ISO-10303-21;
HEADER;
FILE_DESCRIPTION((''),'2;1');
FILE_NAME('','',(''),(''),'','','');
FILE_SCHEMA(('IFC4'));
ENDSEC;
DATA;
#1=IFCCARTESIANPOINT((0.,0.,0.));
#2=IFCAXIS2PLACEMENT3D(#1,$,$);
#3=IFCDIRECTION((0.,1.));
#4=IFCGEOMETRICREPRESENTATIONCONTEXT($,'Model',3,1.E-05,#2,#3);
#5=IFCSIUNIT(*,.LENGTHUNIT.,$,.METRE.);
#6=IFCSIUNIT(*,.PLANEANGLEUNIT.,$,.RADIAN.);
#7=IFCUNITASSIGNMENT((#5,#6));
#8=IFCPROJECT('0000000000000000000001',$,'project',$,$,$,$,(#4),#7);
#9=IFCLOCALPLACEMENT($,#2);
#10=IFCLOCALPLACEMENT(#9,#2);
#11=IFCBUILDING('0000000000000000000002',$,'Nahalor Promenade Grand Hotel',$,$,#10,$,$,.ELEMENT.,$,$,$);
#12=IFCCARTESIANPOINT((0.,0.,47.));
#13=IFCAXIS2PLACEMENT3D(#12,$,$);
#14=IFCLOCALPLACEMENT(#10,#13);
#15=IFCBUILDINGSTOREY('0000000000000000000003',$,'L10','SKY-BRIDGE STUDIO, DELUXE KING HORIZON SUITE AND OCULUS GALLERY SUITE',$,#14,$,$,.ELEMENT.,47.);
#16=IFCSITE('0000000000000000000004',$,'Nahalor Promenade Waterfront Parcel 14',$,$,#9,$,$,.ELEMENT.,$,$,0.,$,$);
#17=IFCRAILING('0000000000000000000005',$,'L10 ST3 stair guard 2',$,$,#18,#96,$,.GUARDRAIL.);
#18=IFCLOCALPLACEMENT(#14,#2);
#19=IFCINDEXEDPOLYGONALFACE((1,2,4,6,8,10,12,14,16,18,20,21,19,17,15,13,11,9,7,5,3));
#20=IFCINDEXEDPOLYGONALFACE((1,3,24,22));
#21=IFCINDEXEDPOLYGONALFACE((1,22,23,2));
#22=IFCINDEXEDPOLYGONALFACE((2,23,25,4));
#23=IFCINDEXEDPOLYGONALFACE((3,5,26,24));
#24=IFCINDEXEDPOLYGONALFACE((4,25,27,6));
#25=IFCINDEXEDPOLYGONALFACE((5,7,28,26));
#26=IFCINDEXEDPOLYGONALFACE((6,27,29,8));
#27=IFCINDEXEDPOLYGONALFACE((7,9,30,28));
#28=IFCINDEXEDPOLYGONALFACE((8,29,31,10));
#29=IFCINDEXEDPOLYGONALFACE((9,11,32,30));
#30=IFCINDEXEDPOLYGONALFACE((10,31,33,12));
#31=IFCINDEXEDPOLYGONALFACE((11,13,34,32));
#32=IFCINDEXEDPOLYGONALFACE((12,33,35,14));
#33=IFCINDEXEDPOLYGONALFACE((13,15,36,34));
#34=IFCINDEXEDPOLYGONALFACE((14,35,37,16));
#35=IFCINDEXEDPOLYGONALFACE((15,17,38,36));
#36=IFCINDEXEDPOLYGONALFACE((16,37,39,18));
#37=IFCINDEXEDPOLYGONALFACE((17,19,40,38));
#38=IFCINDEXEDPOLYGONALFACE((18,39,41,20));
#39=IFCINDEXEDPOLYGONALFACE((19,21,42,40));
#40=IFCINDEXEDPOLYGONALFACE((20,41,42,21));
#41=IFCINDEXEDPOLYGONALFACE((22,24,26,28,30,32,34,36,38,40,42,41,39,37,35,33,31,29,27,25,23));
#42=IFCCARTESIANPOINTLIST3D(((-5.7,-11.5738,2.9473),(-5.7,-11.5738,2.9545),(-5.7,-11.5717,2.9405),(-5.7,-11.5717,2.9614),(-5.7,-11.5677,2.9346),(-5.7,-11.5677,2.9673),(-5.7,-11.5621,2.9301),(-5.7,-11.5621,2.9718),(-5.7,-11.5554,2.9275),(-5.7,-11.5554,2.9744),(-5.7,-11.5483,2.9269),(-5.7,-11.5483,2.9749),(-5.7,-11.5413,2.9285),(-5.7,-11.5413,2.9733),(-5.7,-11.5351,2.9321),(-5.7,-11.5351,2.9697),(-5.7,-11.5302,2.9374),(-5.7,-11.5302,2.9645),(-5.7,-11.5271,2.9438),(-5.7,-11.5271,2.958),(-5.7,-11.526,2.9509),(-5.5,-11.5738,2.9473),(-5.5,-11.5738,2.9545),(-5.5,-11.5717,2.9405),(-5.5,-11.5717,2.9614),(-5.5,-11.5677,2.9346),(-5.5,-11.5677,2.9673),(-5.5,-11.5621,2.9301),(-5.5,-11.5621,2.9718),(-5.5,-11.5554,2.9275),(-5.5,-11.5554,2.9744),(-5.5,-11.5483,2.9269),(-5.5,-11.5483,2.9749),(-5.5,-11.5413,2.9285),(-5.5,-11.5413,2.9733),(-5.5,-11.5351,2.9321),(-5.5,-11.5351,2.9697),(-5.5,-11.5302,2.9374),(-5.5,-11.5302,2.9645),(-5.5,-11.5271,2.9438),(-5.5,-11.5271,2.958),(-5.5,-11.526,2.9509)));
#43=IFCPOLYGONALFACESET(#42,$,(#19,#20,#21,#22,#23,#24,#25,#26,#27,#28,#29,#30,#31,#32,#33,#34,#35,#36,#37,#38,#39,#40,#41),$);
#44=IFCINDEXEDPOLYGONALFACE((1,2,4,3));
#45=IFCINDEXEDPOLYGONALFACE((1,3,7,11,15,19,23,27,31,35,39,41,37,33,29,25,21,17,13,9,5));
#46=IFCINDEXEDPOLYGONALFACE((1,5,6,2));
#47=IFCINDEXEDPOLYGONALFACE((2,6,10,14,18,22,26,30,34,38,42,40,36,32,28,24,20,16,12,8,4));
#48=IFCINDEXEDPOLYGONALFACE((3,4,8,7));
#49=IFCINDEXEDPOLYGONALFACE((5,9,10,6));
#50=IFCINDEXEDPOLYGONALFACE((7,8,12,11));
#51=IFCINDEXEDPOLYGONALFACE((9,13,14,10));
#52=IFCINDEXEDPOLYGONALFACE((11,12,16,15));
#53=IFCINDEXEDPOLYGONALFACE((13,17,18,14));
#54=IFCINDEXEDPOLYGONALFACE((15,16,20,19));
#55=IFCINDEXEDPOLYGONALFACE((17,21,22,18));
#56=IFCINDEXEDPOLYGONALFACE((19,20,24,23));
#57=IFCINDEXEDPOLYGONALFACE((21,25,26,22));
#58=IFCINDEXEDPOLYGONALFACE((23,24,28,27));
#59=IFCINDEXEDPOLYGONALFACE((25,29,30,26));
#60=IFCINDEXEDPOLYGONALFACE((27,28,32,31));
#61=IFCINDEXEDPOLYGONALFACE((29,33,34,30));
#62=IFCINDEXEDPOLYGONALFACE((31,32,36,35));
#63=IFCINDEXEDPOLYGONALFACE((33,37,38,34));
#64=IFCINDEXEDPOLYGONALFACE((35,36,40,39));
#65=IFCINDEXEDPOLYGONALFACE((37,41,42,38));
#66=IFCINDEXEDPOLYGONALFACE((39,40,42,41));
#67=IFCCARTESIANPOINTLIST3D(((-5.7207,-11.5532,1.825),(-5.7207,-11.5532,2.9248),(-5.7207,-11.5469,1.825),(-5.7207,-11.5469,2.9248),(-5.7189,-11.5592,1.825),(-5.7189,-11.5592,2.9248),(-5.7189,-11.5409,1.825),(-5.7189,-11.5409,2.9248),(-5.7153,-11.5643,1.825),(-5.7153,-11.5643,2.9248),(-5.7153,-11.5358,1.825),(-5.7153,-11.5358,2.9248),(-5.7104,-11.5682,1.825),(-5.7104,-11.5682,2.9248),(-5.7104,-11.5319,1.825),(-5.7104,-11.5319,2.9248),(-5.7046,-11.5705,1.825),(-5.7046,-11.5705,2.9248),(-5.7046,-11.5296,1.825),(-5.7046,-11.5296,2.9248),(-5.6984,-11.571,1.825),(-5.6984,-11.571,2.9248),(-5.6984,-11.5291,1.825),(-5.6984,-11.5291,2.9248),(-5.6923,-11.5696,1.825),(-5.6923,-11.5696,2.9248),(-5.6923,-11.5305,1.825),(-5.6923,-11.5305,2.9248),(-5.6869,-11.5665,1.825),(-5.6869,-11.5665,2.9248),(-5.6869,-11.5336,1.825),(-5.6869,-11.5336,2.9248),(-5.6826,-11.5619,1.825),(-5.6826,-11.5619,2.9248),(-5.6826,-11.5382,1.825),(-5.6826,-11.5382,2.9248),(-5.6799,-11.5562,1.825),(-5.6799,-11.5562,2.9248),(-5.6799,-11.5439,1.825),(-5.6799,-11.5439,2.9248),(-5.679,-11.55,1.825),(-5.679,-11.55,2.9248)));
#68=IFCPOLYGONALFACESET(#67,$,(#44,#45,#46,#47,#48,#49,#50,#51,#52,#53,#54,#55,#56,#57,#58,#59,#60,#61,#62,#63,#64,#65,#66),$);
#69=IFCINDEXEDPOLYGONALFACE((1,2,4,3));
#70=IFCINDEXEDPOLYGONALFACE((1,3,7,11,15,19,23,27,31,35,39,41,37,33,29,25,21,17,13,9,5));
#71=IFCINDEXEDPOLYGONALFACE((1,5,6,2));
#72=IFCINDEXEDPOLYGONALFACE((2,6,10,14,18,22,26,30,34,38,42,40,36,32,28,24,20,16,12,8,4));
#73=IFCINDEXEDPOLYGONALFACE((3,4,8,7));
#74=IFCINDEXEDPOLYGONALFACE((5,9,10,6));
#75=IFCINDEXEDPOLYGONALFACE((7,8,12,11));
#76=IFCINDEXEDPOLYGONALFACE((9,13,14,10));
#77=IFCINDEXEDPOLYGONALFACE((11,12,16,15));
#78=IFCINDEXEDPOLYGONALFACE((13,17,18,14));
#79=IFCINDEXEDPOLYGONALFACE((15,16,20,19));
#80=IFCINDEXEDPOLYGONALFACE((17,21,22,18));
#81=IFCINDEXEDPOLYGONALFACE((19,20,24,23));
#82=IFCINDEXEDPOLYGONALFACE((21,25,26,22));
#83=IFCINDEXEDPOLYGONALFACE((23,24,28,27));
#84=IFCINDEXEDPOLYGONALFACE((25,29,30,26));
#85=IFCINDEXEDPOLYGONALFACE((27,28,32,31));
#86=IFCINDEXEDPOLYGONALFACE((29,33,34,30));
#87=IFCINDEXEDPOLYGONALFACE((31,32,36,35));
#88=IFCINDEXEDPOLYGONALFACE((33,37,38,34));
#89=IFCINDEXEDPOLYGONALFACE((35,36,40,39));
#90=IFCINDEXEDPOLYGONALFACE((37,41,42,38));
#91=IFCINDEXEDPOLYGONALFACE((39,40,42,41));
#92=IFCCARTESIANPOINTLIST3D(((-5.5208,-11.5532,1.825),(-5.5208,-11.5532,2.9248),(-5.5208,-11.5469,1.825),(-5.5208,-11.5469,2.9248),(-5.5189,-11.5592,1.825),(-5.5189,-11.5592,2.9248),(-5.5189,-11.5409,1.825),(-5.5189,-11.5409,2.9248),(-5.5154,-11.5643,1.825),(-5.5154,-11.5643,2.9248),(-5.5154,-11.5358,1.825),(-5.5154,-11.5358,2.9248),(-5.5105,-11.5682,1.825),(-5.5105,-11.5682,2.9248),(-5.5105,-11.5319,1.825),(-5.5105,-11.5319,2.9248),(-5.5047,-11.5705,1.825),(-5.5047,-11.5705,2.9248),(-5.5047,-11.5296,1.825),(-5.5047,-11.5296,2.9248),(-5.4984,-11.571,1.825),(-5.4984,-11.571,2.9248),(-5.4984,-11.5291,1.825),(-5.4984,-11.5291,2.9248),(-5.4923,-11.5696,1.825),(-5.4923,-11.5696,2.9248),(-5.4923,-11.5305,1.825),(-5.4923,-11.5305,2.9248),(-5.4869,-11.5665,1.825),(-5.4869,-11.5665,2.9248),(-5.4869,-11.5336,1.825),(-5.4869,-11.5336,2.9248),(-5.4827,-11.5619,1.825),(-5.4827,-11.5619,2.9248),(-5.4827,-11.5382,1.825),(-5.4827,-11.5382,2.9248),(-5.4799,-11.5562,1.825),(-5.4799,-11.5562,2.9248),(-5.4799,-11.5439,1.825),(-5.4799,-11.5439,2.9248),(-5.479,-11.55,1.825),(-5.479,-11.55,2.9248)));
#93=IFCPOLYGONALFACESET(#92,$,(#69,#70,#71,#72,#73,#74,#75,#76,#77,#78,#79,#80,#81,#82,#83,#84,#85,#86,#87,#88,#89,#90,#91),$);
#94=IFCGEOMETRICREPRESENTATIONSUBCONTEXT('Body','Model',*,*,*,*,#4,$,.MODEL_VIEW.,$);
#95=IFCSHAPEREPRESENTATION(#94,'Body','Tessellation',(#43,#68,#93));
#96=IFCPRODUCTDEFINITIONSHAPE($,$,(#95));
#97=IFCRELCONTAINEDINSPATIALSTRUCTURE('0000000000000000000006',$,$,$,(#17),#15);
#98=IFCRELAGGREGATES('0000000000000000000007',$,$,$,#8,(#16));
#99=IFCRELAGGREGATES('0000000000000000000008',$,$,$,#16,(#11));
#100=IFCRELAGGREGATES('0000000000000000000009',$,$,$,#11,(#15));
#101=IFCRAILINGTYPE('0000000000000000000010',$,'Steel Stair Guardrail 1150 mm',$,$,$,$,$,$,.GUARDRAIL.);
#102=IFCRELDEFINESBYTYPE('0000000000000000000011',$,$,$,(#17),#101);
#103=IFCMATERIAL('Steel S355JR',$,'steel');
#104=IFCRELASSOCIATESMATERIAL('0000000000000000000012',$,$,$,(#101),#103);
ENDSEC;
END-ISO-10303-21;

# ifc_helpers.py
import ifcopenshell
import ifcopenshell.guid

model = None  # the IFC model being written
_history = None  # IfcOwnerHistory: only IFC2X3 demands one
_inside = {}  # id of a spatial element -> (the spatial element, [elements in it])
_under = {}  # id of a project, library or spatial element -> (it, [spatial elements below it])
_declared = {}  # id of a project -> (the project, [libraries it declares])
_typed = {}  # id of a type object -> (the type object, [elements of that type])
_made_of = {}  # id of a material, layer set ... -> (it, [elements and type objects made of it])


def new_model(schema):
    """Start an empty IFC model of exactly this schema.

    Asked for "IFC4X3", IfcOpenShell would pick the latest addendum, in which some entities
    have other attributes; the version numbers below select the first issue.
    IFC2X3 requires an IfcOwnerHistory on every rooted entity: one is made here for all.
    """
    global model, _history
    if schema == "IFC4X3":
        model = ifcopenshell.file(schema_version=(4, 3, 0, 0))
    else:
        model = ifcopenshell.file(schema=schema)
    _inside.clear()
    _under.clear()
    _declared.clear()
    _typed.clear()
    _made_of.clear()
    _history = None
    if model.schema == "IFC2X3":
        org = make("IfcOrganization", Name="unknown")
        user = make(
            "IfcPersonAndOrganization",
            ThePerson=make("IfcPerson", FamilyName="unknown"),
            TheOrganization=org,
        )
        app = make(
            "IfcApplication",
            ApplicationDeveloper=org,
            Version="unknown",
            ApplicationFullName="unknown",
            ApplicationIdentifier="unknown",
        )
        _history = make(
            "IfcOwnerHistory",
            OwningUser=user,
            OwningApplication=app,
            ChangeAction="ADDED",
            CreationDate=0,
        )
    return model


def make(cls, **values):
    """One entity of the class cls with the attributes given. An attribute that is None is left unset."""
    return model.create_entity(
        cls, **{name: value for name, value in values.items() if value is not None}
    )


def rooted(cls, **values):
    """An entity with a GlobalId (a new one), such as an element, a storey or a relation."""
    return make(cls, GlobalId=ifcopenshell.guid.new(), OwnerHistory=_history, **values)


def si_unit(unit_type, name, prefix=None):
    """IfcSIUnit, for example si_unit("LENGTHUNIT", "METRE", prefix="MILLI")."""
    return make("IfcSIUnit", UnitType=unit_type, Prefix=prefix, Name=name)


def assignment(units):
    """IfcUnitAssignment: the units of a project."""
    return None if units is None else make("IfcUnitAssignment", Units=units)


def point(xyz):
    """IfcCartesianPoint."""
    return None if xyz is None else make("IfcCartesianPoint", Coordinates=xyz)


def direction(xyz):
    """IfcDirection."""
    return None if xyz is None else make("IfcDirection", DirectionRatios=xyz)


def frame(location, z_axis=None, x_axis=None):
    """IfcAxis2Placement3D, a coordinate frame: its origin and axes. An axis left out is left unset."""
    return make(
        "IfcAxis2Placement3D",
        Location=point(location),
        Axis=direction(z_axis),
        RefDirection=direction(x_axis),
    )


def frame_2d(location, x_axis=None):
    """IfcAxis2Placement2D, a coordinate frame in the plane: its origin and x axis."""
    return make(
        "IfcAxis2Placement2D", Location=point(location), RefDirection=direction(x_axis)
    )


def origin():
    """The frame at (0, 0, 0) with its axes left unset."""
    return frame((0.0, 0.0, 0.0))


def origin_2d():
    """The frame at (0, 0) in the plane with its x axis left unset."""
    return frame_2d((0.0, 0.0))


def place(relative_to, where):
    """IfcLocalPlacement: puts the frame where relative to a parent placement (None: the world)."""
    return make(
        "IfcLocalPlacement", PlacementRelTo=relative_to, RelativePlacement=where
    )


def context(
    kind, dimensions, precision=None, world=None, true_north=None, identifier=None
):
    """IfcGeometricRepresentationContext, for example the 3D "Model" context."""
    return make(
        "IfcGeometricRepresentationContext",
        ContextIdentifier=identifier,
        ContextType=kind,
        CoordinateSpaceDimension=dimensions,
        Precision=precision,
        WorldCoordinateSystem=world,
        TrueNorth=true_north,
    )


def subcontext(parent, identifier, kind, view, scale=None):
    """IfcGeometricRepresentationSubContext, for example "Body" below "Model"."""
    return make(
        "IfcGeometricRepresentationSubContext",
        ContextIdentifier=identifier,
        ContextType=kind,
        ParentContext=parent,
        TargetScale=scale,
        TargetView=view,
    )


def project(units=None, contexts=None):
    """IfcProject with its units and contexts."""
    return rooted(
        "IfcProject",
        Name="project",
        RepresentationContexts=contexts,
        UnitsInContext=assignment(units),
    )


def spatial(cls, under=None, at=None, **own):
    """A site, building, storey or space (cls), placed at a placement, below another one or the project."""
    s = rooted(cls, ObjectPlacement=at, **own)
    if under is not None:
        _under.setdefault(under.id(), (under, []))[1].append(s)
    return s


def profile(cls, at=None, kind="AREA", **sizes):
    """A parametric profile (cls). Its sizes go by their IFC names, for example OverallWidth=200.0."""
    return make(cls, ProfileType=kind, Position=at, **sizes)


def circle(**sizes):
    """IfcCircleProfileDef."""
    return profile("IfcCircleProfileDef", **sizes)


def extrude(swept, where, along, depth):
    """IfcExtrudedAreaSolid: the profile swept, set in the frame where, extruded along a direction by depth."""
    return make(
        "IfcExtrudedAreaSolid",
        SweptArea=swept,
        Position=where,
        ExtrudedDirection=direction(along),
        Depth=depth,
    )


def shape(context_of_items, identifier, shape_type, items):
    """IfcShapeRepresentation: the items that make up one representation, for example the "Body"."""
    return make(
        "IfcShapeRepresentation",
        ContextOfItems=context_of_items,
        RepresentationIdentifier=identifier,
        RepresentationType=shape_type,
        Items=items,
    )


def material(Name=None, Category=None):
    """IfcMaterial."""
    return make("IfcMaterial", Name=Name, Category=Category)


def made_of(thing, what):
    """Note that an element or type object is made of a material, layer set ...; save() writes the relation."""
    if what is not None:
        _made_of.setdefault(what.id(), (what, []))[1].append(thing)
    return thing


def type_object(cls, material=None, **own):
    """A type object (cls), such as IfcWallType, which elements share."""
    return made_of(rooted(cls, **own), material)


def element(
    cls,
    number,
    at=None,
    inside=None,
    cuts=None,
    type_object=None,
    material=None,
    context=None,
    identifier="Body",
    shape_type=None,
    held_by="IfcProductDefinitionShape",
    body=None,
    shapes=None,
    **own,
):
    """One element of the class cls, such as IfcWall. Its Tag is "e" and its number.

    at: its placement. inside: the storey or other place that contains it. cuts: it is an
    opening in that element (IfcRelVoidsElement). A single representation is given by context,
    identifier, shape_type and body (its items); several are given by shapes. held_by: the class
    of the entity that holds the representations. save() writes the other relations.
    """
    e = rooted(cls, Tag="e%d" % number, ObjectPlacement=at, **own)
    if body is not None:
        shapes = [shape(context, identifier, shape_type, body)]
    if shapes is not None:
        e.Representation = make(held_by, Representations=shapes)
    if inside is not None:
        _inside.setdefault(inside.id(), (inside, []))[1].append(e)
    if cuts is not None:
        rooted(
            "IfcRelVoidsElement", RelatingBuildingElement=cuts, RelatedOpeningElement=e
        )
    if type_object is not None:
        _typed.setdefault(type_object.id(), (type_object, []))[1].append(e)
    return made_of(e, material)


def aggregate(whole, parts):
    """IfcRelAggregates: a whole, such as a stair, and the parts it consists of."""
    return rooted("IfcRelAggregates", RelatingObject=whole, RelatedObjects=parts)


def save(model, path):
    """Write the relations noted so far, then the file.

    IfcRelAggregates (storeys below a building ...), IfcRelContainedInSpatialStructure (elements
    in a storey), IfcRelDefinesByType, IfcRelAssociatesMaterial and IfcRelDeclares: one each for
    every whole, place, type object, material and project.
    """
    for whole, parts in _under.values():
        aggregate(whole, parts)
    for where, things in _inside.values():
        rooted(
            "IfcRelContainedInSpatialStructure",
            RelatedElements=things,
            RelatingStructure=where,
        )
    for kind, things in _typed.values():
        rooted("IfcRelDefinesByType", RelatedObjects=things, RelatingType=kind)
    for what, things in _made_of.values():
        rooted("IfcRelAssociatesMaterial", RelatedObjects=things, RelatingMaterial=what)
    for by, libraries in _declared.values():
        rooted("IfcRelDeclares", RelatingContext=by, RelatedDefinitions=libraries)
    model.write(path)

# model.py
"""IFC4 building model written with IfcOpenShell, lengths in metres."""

from ifc_helpers import new_model, si_unit, direction, frame, origin, origin_2d, place, context, subcontext, project, spatial, circle, extrude, material, type_object, element, save


model = new_model("IFC4")

# Units and contexts
model_context = context("Model", 3, precision=1e-05, world=origin(), true_north=direction((0.0, 1.0)))
body_context = subcontext(model_context, "Body", "Model", "MODEL_VIEW")
ifc_project = project(units=[si_unit("LENGTHUNIT", "METRE"), si_unit("PLANEANGLEUNIT", "RADIAN")], contexts=[model_context])

# Site, building, storey
site_placement = place(None, origin())
site = spatial("IfcSite", under=ifc_project, at=site_placement, Name="Nahalor Promenade Waterfront Parcel 14", CompositionType="ELEMENT", RefElevation=0.0)
building_placement = place(site_placement, origin())
building = spatial("IfcBuilding", under=site, at=building_placement, Name="Nahalor Promenade Grand Hotel", CompositionType="ELEMENT")
storey_placement = place(building_placement, frame((0.0, 0.0, 47.0)))
storey = spatial("IfcBuildingStorey", under=building, at=storey_placement, Name="L10", Description="SKY-BRIDGE STUDIO, DELUXE KING HORIZON SUITE AND OCULUS GALLERY SUITE", CompositionType="ELEMENT", Elevation=47.0)

# Shared definitions
ifc_material_1 = material(Name="Steel S355JR", Category="steel")

# Railing
railing_type_1 = type_object("IfcRailingType", Name="Steel Stair Guardrail 1150 mm", PredefinedType="GUARDRAIL", material=ifc_material_1)
railing_1_placement = place(storey_placement, frame((-5.7, -11.55, 1.825)))
element("IfcRailing", 1, at=railing_1_placement, inside=storey, type_object=railing_type_1, Name="L10 ST3 stair guard 2", PredefinedType="GUARDRAIL", context=body_context, shape_type="SweptSolid", body=[
    extrude(circle(Radius=0.024, at=origin_2d()), frame((0.0, 0.0, 1.126), z_axis=(1.0, 0.0, 0.0), x_axis=(0.0, 1.0, 0.0)), (0.0, 0.0, 1.0), 0.2),
    extrude(circle(Radius=0.021, at=origin_2d()), origin(), (0.0, 0.0, 1.0), 1.0999),
    extrude(circle(Radius=0.021, at=origin_2d()), frame((0.2, 0.0, 0.0)), (0.0, 0.0, 1.0), 1.0999),
])

save(model, "model.ifc")
